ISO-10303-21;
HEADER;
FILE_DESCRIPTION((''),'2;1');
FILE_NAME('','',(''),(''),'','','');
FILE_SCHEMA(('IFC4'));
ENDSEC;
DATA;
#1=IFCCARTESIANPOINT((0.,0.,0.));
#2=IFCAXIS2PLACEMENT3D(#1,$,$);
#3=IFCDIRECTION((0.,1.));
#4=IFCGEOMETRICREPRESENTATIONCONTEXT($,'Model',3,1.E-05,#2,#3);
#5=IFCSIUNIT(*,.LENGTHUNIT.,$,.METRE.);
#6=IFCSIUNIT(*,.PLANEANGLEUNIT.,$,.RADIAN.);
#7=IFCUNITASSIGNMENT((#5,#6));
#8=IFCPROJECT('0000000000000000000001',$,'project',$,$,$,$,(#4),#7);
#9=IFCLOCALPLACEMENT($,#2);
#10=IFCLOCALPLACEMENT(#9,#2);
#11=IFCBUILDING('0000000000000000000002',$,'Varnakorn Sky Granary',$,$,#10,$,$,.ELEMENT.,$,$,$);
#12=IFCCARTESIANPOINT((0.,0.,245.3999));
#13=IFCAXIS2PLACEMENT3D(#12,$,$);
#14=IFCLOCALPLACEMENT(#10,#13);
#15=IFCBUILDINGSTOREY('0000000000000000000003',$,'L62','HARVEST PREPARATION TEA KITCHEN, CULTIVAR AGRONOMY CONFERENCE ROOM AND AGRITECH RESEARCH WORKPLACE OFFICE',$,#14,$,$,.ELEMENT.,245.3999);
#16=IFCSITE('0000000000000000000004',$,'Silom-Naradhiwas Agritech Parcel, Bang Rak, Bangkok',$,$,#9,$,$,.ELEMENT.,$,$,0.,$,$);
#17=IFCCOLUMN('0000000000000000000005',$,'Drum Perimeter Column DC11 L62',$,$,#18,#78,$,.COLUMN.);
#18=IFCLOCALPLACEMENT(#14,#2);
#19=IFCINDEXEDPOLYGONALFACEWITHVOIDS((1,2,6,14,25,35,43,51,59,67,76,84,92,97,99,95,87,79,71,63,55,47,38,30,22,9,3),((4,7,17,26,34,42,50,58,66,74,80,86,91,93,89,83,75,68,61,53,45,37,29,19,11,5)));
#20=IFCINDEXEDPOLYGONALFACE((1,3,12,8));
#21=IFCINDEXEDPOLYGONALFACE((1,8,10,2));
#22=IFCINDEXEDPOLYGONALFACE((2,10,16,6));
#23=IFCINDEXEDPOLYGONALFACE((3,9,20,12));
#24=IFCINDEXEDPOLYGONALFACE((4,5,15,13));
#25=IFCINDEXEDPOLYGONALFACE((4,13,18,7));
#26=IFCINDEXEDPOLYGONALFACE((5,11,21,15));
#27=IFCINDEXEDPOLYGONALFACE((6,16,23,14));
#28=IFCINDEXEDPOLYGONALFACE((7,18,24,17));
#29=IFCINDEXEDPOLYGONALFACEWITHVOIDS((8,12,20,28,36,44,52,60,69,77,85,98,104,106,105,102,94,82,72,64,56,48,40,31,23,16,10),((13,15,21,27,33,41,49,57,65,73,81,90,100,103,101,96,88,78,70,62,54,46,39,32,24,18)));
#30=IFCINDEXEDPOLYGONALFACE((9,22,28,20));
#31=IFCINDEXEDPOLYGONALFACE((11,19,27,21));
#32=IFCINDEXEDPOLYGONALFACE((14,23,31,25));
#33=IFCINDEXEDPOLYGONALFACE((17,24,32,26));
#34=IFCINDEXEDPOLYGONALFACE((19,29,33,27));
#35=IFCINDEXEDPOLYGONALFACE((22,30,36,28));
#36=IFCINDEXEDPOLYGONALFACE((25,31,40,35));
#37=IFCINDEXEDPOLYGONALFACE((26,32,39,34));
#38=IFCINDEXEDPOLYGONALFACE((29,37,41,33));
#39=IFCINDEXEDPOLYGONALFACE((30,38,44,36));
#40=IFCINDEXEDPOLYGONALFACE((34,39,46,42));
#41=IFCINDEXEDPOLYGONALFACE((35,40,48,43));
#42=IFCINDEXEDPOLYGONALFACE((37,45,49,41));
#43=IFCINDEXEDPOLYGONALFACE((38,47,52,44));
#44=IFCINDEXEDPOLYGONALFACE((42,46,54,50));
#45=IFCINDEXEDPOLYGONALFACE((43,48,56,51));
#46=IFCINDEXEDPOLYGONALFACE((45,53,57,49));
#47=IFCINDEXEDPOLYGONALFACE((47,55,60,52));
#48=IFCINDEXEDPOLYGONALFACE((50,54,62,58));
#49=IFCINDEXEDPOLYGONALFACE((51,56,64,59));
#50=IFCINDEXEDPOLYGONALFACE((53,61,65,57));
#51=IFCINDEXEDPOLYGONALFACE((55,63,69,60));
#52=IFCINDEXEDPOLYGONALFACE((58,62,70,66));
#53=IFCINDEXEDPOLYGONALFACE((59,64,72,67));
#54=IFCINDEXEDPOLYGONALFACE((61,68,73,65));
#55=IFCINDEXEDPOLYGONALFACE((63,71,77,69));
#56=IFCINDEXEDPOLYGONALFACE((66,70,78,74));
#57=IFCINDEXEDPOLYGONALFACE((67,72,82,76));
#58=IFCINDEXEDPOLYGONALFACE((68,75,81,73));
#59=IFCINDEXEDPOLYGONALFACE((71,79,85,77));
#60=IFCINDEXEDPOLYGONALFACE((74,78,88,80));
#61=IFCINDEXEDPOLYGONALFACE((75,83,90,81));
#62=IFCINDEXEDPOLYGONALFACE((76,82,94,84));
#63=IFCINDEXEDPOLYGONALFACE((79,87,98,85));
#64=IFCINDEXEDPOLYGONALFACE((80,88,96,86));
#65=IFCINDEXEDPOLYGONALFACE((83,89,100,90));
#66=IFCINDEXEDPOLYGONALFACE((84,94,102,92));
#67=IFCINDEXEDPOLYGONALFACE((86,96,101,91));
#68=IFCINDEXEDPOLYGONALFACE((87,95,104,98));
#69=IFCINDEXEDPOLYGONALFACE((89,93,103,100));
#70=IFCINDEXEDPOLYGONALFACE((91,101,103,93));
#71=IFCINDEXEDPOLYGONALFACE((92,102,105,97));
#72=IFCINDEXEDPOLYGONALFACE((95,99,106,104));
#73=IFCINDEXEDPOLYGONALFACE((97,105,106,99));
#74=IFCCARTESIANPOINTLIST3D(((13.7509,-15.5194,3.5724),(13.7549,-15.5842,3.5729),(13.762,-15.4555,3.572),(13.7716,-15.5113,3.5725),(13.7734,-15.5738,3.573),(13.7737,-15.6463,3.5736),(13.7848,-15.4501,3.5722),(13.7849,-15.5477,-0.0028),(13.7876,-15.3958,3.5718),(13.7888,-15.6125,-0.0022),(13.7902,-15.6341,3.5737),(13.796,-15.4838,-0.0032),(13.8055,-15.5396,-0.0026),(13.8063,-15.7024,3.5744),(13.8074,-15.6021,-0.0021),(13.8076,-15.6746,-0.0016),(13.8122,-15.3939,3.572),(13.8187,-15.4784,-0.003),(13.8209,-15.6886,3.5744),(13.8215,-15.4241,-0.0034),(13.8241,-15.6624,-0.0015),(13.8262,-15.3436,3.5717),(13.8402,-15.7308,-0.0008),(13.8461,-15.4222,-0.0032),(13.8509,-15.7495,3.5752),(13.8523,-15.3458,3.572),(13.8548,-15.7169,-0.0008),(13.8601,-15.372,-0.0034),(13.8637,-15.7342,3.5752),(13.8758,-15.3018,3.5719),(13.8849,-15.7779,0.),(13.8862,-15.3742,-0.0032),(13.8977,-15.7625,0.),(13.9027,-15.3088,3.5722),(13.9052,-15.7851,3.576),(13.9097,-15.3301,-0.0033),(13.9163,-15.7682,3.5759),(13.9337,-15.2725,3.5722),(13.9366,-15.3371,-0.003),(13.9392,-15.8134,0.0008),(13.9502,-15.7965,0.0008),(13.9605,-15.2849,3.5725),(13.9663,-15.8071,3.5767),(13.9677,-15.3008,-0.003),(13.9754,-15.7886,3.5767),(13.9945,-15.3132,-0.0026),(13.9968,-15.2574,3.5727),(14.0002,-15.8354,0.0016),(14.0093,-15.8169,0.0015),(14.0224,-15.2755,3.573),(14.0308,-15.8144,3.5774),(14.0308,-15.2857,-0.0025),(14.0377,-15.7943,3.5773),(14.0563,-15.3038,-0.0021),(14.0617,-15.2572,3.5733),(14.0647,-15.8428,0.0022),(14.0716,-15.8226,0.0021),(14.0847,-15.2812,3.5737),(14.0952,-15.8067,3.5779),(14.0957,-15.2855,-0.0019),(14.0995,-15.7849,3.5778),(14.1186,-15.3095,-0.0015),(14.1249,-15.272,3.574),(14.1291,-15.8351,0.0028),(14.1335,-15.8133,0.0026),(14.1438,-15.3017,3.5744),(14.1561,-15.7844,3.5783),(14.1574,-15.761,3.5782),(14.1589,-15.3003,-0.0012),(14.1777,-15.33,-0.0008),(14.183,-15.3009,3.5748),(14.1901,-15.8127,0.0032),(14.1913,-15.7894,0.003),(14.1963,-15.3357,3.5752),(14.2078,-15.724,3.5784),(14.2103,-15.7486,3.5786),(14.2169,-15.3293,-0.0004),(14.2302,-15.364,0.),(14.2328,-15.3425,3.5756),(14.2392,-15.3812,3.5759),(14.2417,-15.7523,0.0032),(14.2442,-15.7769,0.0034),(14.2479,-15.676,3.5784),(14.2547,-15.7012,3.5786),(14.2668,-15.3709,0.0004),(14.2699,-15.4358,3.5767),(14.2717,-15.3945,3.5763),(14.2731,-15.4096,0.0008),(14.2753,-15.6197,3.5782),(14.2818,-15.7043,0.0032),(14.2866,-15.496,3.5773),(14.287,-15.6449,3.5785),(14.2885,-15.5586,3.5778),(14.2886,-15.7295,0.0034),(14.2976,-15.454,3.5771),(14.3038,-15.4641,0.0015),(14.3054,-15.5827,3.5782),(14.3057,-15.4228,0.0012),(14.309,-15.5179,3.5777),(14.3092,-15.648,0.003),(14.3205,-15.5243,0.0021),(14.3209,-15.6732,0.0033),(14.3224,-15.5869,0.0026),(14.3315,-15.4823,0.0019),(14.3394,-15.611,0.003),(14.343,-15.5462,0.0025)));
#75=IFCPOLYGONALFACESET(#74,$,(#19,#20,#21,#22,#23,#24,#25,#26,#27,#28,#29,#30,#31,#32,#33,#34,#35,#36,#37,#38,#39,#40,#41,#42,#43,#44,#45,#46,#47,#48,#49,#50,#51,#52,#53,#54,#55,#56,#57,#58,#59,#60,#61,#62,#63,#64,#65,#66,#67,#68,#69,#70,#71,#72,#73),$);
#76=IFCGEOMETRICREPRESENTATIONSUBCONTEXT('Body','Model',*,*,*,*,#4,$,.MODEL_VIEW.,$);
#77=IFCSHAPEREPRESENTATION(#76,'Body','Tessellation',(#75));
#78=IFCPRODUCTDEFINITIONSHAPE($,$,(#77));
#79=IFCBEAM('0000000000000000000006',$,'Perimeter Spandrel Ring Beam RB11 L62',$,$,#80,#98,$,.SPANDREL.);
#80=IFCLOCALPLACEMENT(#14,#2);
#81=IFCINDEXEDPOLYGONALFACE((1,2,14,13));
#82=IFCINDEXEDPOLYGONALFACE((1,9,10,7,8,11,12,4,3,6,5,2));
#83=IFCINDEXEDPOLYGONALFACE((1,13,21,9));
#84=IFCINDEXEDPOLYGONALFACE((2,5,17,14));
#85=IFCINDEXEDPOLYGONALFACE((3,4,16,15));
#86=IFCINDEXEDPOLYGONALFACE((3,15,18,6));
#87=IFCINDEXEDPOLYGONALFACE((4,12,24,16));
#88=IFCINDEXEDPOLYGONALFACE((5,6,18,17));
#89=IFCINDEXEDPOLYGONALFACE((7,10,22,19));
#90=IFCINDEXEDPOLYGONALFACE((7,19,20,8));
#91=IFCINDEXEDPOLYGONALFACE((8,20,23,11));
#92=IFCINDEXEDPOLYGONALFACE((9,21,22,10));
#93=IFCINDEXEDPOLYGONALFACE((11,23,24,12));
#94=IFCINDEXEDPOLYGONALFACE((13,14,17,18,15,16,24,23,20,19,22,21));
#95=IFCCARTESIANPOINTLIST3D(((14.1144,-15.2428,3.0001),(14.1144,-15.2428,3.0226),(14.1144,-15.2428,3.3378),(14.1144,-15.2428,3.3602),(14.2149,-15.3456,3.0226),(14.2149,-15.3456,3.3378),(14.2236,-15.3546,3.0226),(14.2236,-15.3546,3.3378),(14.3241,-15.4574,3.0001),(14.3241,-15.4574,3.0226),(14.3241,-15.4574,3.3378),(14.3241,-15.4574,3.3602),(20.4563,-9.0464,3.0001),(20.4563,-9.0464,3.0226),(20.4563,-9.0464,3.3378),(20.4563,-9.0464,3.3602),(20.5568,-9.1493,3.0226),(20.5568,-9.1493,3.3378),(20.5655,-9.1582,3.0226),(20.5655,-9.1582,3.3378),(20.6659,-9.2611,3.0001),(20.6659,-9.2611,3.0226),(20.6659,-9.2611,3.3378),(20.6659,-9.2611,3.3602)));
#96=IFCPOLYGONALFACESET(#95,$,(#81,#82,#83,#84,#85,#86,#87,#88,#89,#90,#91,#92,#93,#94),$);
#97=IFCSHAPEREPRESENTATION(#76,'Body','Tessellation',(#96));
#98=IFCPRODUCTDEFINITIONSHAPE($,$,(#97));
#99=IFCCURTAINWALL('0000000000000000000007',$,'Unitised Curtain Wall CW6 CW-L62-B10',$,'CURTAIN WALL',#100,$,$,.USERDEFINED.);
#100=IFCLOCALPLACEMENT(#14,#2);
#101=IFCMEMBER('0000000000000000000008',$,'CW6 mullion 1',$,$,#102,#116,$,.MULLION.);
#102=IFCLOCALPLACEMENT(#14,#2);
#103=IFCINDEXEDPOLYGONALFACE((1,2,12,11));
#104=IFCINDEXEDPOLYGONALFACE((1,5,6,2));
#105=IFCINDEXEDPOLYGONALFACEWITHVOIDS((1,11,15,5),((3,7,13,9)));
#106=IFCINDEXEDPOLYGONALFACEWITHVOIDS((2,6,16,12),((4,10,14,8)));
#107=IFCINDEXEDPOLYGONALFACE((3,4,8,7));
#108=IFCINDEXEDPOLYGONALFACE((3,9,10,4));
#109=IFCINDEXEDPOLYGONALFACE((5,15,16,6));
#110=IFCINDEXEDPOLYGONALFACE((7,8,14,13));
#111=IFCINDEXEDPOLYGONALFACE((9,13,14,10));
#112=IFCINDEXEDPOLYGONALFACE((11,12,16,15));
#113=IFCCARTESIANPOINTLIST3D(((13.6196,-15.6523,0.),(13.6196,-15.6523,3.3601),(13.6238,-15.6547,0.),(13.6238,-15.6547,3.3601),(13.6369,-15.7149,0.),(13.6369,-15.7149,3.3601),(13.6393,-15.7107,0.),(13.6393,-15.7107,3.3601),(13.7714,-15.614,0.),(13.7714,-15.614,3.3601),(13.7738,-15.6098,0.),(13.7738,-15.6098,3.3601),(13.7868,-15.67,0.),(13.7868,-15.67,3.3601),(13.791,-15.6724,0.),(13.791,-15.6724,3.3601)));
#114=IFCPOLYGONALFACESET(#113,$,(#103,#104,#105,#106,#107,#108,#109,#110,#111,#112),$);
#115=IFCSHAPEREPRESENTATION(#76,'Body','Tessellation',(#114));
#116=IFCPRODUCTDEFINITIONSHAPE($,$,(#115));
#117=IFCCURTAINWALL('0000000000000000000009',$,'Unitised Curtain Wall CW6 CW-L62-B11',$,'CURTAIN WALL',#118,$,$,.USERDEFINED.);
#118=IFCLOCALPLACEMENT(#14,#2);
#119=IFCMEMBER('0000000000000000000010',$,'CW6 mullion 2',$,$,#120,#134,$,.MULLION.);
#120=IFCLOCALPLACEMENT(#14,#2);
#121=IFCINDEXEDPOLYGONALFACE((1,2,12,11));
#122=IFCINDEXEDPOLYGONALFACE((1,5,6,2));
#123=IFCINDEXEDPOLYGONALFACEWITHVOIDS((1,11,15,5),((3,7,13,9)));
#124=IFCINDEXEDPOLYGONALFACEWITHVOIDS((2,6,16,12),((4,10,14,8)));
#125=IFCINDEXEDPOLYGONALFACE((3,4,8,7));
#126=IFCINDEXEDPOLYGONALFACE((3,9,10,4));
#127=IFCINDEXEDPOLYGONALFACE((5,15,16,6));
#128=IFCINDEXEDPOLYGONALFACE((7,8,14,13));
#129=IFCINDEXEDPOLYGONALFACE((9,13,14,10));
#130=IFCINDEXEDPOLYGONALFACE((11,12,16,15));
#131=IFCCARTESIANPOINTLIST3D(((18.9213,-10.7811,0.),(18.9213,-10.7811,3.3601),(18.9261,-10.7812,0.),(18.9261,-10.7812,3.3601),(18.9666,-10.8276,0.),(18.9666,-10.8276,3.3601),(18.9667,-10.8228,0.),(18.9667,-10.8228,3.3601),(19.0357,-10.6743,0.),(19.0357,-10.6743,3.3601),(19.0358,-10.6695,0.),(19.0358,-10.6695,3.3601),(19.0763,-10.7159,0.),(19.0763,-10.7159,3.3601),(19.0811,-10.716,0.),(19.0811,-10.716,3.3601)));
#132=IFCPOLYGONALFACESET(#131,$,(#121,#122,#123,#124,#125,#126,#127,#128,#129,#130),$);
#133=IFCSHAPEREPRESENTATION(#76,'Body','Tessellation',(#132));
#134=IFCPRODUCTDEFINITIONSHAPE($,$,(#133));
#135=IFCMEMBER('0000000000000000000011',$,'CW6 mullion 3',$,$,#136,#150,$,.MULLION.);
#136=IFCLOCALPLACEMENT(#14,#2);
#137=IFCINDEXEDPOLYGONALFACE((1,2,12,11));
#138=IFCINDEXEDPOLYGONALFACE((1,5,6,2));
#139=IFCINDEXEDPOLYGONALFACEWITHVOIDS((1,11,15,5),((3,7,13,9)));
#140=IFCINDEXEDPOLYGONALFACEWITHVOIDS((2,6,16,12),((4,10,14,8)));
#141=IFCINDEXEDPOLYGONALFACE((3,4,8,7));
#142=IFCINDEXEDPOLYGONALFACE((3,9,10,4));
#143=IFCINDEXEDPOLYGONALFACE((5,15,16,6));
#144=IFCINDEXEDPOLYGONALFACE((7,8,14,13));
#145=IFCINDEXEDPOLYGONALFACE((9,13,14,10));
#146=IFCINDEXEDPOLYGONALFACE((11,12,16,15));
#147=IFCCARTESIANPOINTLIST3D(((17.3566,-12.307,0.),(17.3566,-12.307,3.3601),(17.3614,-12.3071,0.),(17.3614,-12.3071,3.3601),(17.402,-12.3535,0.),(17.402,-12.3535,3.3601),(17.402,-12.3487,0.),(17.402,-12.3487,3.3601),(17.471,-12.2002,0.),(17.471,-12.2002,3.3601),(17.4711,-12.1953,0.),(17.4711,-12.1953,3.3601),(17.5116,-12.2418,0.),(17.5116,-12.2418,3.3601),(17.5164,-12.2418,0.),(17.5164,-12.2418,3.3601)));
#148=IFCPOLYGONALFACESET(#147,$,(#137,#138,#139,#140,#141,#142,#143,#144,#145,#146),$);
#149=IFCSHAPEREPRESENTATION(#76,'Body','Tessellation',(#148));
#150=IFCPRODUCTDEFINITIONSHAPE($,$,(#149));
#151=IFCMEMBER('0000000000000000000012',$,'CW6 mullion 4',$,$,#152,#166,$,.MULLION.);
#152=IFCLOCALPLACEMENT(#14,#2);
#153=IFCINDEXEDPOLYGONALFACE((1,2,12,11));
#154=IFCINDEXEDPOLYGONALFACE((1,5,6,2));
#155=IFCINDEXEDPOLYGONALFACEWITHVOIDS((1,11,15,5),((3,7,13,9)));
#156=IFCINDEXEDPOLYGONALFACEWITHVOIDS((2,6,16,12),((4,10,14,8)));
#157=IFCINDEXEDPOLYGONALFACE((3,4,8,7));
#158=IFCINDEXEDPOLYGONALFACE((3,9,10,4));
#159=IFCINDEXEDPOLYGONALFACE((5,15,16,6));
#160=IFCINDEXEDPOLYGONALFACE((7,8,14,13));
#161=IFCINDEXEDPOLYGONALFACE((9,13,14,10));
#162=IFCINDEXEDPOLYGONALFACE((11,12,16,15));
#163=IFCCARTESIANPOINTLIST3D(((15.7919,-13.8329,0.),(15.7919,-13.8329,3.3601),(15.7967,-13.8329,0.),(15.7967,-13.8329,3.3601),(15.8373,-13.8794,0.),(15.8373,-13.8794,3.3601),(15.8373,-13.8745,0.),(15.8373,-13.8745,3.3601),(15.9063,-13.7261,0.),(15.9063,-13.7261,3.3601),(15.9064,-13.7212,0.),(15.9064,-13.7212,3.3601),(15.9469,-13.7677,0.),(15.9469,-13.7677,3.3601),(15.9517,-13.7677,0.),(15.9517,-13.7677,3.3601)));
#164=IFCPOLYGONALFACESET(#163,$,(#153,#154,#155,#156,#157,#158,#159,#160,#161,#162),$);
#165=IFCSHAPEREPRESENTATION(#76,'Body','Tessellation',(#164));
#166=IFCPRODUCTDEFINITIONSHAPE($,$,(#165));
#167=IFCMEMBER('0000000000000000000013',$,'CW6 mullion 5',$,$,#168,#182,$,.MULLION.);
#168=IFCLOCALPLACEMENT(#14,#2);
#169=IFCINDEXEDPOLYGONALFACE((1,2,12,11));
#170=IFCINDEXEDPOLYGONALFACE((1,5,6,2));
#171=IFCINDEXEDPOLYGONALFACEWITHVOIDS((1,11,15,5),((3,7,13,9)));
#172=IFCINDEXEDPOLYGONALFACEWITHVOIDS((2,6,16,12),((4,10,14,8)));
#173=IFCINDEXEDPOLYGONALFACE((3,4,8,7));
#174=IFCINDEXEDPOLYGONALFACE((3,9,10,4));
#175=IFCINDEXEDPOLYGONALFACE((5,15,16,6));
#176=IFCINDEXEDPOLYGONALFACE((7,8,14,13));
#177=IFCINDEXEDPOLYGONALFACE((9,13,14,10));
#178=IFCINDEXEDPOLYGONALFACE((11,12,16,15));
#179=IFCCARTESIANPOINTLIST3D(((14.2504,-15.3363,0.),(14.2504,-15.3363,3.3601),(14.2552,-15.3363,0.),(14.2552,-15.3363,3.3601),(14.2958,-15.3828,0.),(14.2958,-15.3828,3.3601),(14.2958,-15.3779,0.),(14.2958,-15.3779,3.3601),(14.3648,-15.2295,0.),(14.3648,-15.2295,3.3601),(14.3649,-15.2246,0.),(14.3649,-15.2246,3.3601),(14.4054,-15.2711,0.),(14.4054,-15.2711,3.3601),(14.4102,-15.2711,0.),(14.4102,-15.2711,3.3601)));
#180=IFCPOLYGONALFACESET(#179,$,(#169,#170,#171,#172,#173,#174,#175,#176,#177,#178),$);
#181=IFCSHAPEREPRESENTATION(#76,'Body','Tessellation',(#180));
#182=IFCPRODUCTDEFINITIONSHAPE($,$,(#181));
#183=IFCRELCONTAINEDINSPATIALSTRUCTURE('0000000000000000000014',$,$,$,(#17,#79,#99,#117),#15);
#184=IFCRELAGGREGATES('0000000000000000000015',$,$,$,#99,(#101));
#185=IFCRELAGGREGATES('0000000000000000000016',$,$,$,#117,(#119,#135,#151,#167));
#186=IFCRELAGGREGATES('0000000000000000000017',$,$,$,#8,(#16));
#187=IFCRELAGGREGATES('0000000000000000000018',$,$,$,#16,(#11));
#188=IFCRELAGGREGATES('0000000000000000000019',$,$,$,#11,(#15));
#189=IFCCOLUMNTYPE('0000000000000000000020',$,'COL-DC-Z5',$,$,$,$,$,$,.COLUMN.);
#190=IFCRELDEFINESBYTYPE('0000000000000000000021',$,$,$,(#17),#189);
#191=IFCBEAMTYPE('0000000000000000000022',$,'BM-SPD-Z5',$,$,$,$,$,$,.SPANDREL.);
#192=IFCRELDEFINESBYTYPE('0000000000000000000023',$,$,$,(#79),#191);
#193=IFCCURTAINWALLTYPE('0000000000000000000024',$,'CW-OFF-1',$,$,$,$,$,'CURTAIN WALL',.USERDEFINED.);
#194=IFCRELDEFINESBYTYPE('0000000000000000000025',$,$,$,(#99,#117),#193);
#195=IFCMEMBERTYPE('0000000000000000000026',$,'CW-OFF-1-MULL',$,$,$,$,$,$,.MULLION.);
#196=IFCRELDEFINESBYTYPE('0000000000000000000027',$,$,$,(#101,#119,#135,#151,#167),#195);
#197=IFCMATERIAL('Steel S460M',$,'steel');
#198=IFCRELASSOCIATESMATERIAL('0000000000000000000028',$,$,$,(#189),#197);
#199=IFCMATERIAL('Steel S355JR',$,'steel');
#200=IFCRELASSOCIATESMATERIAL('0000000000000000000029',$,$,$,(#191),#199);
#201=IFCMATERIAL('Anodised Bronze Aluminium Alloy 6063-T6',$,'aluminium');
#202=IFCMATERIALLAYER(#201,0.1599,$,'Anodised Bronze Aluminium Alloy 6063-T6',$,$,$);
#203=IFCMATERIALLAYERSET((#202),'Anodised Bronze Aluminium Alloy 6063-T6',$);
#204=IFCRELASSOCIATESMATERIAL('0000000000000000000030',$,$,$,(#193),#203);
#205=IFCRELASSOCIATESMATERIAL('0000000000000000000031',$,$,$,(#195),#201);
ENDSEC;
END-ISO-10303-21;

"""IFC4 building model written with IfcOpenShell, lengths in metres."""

from ifc_helpers import new_model, si_unit, direction, frame, origin, origin_2d, place, context, subcontext, project, spatial, hollow_rectangle, hollow_circle, i_section, extrude, material, layer, layer_set, material_profile, profile_set, type_object, element, aggregate, save


model = new_model("IFC4")

# Units and contexts
model_context = context("Model", 3, precision=1e-05, world=origin(), true_north=direction((0.0, 1.0)))
body_context = subcontext(model_context, "Body", "Model", "MODEL_VIEW")
ifc_project = project(units=[si_unit("LENGTHUNIT", "METRE"), si_unit("PLANEANGLEUNIT", "RADIAN")], contexts=[model_context])

# Site, building, storey
site_placement = place(None, origin())
site = spatial("IfcSite", under=ifc_project, at=site_placement, Name="Silom-Naradhiwas Agritech Parcel, Bang Rak, Bangkok", CompositionType="ELEMENT", RefElevation=0.0)
building_placement = place(site_placement, origin())
building = spatial("IfcBuilding", under=site, at=building_placement, Name="Varnakorn Sky Granary", CompositionType="ELEMENT")
storey_placement = place(building_placement, frame((0.0, 0.0, 245.3999)))
storey = spatial("IfcBuildingStorey", under=building, at=storey_placement, Name="L62", Description="HARVEST PREPARATION TEA KITCHEN, CULTIVAR AGRONOMY CONFERENCE ROOM AND AGRITECH RESEARCH WORKPLACE OFFICE", CompositionType="ELEMENT", Elevation=245.3999)

# Column
ifc_material_1 = material(Name="Steel S460M", Category="steel")
ifc_material_profile_1 = material_profile(ifc_material_1, hollow_circle(Radius=0.2795, WallThickness=0.02, at=origin_2d()), Name="CHS 559x20")
ifc_profile_set_1 = profile_set([ifc_material_profile_1], Name="Steel S460M")
column_type = type_object("IfcColumnType", Name="COL-DC-Z5", PredefinedType="COLUMN", material=ifc_profile_set_1)
column_placement = place(storey_placement, frame((14.064, -15.5632, 0.0), z_axis=(-0.009491, 0.007921, 0.999924), x_axis=(-0.640728, -0.767768, 0.0)))
element("IfcColumn", 1, at=column_placement, inside=storey, type_object=column_type, Name="Drum Perimeter Column DC11 L62", PredefinedType="COLUMN", context=body_context, shape_type="SweptSolid", body=[
    extrude(hollow_circle(Radius=0.2795, WallThickness=0.02, at=origin_2d()), origin(), (0.0, 0.0, 1.0), 3.5754),
])

# Beam
ifc_material_2 = material(Name="Steel S355JR", Category="steel")
ifc_material_profile_2 = material_profile(ifc_material_2, i_section(OverallWidth=0.3, OverallDepth=0.3601, WebThickness=0.0125, FlangeThickness=0.0225, at=origin_2d()), Name="HE 360 B")
ifc_profile_set_2 = profile_set([ifc_material_profile_2], Name="Steel S355JR")
beam_type = type_object("IfcBeamType", Name="BM-SPD-Z5", PredefinedType="SPANDREL", material=ifc_profile_set_2)
beam_placement = place(storey_placement, frame((14.2192, -15.3501, 3.1802), z_axis=(0.715265, 0.698854, 0.0), x_axis=(-0.698854, 0.715265, 0.0)))
element("IfcBeam", 2, at=beam_placement, inside=storey, type_object=beam_type, Name="Perimeter Spandrel Ring Beam RB11 L62", PredefinedType="SPANDREL", context=body_context, shape_type="SweptSolid", body=[
    extrude(i_section(OverallWidth=0.3, OverallDepth=0.3601, WebThickness=0.0125, FlangeThickness=0.0225, at=origin_2d()), origin(), (0.0, 0.0, 1.0), 8.8665),
])

# Curtain wall, member
ifc_material_3 = material(Name="Anodised Bronze Aluminium Alloy 6063-T6", Category="aluminium")
ifc_layer_1 = layer(ifc_material_3, 0.1599, Name="Anodised Bronze Aluminium Alloy 6063-T6")
ifc_layer_set_1 = layer_set([ifc_layer_1], Name="Anodised Bronze Aluminium Alloy 6063-T6")
curtain_wall_type = type_object("IfcCurtainWallType", Name="CW-OFF-1", ElementType="CURTAIN WALL", PredefinedType="USERDEFINED", material=ifc_layer_set_1)
curtain_wall_1_placement = place(storey_placement, origin())
curtain_wall_1 = element("IfcCurtainWall", 3, at=curtain_wall_1_placement, inside=storey, type_object=curtain_wall_type, Name="Unitised Curtain Wall CW6 CW-L62-B10", ObjectType="CURTAIN WALL", PredefinedType="USERDEFINED")
ifc_material_profile_3 = material_profile(ifc_material_3, hollow_rectangle(XDim=0.0649, YDim=0.1599, WallThickness=0.0034, at=origin_2d()), Name="ALU MULL 65x160")
ifc_profile_set_3 = profile_set([ifc_material_profile_3], Name="Anodised Bronze Aluminium Alloy 6063-T6")
member_type_1 = type_object("IfcMemberType", Name="CW-OFF-1-MULL", PredefinedType="MULLION", material=ifc_profile_set_3)
member_1_placement = place(storey_placement, frame((13.7053, -15.6624, 0.0), z_axis=(0.0, 0.0, 1.0), x_axis=(0.266022, -0.963967, 0.0)))
member_1 = element("IfcMember", 4, at=member_1_placement, type_object=member_type_1, Name="CW6 mullion 1", PredefinedType="MULLION", context=body_context, shape_type="SweptSolid", body=[
    extrude(hollow_rectangle(XDim=0.0649, YDim=0.1599, WallThickness=0.0034, at=origin_2d()), origin(), (0.0, 0.0, 1.0), 3.3601),
])

# Curtain wall, members
curtain_wall_2_placement = place(storey_placement, origin())
curtain_wall_2 = element("IfcCurtainWall", 5, at=curtain_wall_2_placement, inside=storey, type_object=curtain_wall_type, Name="Unitised Curtain Wall CW6 CW-L62-B11", ObjectType="CURTAIN WALL", PredefinedType="USERDEFINED")
member_2_placement = place(storey_placement, frame((19.0012, -10.7485, 0.0), z_axis=(0.0, 0.0, 1.0), x_axis=(0.698181, -0.715922, 0.0)))
member_2 = element("IfcMember", 6, at=member_2_placement, type_object=member_type_1, Name="CW6 mullion 2", PredefinedType="MULLION", context=body_context, shape_type="SweptSolid", body=[
    extrude(hollow_rectangle(XDim=0.0649, YDim=0.1599, WallThickness=0.0034, at=origin_2d()), origin(), (0.0, 0.0, 1.0), 3.3601),
])
member_3_placement = place(storey_placement, frame((17.4365, -12.2744, 0.0), z_axis=(0.0, 0.0, 1.0), x_axis=(0.698181, -0.715922, 0.0)))
member_3 = element("IfcMember", 7, at=member_3_placement, type_object=member_type_1, Name="CW6 mullion 3", PredefinedType="MULLION", context=body_context, shape_type="SweptSolid", body=[
    extrude(hollow_rectangle(XDim=0.0649, YDim=0.1599, WallThickness=0.0034, at=origin_2d()), origin(), (0.0, 0.0, 1.0), 3.3601),
])
member_4_placement = place(storey_placement, frame((15.8718, -13.8003, 0.0), z_axis=(0.0, 0.0, 1.0), x_axis=(0.698181, -0.715922, 0.0)))
member_4 = element("IfcMember", 8, at=member_4_placement, type_object=member_type_1, Name="CW6 mullion 4", PredefinedType="MULLION", context=body_context, shape_type="SweptSolid", body=[
    extrude(hollow_rectangle(XDim=0.0649, YDim=0.1599, WallThickness=0.0034, at=origin_2d()), origin(), (0.0, 0.0, 1.0), 3.3601),
])
member_5_placement = place(storey_placement, frame((14.3303, -15.3037, 0.0), z_axis=(0.0, 0.0, 1.0), x_axis=(0.698181, -0.715922, 0.0)))
member_5 = element("IfcMember", 9, at=member_5_placement, type_object=member_type_1, Name="CW6 mullion 5", PredefinedType="MULLION", context=body_context, shape_type="SweptSolid", body=[
    extrude(hollow_rectangle(XDim=0.0649, YDim=0.1599, WallThickness=0.0034, at=origin_2d()), origin(), (0.0, 0.0, 1.0), 3.3601),
])

aggregate(curtain_wall_1, [member_1])

aggregate(curtain_wall_2, [member_2, member_3, member_4, member_5])

save(model, "model.ifc")
